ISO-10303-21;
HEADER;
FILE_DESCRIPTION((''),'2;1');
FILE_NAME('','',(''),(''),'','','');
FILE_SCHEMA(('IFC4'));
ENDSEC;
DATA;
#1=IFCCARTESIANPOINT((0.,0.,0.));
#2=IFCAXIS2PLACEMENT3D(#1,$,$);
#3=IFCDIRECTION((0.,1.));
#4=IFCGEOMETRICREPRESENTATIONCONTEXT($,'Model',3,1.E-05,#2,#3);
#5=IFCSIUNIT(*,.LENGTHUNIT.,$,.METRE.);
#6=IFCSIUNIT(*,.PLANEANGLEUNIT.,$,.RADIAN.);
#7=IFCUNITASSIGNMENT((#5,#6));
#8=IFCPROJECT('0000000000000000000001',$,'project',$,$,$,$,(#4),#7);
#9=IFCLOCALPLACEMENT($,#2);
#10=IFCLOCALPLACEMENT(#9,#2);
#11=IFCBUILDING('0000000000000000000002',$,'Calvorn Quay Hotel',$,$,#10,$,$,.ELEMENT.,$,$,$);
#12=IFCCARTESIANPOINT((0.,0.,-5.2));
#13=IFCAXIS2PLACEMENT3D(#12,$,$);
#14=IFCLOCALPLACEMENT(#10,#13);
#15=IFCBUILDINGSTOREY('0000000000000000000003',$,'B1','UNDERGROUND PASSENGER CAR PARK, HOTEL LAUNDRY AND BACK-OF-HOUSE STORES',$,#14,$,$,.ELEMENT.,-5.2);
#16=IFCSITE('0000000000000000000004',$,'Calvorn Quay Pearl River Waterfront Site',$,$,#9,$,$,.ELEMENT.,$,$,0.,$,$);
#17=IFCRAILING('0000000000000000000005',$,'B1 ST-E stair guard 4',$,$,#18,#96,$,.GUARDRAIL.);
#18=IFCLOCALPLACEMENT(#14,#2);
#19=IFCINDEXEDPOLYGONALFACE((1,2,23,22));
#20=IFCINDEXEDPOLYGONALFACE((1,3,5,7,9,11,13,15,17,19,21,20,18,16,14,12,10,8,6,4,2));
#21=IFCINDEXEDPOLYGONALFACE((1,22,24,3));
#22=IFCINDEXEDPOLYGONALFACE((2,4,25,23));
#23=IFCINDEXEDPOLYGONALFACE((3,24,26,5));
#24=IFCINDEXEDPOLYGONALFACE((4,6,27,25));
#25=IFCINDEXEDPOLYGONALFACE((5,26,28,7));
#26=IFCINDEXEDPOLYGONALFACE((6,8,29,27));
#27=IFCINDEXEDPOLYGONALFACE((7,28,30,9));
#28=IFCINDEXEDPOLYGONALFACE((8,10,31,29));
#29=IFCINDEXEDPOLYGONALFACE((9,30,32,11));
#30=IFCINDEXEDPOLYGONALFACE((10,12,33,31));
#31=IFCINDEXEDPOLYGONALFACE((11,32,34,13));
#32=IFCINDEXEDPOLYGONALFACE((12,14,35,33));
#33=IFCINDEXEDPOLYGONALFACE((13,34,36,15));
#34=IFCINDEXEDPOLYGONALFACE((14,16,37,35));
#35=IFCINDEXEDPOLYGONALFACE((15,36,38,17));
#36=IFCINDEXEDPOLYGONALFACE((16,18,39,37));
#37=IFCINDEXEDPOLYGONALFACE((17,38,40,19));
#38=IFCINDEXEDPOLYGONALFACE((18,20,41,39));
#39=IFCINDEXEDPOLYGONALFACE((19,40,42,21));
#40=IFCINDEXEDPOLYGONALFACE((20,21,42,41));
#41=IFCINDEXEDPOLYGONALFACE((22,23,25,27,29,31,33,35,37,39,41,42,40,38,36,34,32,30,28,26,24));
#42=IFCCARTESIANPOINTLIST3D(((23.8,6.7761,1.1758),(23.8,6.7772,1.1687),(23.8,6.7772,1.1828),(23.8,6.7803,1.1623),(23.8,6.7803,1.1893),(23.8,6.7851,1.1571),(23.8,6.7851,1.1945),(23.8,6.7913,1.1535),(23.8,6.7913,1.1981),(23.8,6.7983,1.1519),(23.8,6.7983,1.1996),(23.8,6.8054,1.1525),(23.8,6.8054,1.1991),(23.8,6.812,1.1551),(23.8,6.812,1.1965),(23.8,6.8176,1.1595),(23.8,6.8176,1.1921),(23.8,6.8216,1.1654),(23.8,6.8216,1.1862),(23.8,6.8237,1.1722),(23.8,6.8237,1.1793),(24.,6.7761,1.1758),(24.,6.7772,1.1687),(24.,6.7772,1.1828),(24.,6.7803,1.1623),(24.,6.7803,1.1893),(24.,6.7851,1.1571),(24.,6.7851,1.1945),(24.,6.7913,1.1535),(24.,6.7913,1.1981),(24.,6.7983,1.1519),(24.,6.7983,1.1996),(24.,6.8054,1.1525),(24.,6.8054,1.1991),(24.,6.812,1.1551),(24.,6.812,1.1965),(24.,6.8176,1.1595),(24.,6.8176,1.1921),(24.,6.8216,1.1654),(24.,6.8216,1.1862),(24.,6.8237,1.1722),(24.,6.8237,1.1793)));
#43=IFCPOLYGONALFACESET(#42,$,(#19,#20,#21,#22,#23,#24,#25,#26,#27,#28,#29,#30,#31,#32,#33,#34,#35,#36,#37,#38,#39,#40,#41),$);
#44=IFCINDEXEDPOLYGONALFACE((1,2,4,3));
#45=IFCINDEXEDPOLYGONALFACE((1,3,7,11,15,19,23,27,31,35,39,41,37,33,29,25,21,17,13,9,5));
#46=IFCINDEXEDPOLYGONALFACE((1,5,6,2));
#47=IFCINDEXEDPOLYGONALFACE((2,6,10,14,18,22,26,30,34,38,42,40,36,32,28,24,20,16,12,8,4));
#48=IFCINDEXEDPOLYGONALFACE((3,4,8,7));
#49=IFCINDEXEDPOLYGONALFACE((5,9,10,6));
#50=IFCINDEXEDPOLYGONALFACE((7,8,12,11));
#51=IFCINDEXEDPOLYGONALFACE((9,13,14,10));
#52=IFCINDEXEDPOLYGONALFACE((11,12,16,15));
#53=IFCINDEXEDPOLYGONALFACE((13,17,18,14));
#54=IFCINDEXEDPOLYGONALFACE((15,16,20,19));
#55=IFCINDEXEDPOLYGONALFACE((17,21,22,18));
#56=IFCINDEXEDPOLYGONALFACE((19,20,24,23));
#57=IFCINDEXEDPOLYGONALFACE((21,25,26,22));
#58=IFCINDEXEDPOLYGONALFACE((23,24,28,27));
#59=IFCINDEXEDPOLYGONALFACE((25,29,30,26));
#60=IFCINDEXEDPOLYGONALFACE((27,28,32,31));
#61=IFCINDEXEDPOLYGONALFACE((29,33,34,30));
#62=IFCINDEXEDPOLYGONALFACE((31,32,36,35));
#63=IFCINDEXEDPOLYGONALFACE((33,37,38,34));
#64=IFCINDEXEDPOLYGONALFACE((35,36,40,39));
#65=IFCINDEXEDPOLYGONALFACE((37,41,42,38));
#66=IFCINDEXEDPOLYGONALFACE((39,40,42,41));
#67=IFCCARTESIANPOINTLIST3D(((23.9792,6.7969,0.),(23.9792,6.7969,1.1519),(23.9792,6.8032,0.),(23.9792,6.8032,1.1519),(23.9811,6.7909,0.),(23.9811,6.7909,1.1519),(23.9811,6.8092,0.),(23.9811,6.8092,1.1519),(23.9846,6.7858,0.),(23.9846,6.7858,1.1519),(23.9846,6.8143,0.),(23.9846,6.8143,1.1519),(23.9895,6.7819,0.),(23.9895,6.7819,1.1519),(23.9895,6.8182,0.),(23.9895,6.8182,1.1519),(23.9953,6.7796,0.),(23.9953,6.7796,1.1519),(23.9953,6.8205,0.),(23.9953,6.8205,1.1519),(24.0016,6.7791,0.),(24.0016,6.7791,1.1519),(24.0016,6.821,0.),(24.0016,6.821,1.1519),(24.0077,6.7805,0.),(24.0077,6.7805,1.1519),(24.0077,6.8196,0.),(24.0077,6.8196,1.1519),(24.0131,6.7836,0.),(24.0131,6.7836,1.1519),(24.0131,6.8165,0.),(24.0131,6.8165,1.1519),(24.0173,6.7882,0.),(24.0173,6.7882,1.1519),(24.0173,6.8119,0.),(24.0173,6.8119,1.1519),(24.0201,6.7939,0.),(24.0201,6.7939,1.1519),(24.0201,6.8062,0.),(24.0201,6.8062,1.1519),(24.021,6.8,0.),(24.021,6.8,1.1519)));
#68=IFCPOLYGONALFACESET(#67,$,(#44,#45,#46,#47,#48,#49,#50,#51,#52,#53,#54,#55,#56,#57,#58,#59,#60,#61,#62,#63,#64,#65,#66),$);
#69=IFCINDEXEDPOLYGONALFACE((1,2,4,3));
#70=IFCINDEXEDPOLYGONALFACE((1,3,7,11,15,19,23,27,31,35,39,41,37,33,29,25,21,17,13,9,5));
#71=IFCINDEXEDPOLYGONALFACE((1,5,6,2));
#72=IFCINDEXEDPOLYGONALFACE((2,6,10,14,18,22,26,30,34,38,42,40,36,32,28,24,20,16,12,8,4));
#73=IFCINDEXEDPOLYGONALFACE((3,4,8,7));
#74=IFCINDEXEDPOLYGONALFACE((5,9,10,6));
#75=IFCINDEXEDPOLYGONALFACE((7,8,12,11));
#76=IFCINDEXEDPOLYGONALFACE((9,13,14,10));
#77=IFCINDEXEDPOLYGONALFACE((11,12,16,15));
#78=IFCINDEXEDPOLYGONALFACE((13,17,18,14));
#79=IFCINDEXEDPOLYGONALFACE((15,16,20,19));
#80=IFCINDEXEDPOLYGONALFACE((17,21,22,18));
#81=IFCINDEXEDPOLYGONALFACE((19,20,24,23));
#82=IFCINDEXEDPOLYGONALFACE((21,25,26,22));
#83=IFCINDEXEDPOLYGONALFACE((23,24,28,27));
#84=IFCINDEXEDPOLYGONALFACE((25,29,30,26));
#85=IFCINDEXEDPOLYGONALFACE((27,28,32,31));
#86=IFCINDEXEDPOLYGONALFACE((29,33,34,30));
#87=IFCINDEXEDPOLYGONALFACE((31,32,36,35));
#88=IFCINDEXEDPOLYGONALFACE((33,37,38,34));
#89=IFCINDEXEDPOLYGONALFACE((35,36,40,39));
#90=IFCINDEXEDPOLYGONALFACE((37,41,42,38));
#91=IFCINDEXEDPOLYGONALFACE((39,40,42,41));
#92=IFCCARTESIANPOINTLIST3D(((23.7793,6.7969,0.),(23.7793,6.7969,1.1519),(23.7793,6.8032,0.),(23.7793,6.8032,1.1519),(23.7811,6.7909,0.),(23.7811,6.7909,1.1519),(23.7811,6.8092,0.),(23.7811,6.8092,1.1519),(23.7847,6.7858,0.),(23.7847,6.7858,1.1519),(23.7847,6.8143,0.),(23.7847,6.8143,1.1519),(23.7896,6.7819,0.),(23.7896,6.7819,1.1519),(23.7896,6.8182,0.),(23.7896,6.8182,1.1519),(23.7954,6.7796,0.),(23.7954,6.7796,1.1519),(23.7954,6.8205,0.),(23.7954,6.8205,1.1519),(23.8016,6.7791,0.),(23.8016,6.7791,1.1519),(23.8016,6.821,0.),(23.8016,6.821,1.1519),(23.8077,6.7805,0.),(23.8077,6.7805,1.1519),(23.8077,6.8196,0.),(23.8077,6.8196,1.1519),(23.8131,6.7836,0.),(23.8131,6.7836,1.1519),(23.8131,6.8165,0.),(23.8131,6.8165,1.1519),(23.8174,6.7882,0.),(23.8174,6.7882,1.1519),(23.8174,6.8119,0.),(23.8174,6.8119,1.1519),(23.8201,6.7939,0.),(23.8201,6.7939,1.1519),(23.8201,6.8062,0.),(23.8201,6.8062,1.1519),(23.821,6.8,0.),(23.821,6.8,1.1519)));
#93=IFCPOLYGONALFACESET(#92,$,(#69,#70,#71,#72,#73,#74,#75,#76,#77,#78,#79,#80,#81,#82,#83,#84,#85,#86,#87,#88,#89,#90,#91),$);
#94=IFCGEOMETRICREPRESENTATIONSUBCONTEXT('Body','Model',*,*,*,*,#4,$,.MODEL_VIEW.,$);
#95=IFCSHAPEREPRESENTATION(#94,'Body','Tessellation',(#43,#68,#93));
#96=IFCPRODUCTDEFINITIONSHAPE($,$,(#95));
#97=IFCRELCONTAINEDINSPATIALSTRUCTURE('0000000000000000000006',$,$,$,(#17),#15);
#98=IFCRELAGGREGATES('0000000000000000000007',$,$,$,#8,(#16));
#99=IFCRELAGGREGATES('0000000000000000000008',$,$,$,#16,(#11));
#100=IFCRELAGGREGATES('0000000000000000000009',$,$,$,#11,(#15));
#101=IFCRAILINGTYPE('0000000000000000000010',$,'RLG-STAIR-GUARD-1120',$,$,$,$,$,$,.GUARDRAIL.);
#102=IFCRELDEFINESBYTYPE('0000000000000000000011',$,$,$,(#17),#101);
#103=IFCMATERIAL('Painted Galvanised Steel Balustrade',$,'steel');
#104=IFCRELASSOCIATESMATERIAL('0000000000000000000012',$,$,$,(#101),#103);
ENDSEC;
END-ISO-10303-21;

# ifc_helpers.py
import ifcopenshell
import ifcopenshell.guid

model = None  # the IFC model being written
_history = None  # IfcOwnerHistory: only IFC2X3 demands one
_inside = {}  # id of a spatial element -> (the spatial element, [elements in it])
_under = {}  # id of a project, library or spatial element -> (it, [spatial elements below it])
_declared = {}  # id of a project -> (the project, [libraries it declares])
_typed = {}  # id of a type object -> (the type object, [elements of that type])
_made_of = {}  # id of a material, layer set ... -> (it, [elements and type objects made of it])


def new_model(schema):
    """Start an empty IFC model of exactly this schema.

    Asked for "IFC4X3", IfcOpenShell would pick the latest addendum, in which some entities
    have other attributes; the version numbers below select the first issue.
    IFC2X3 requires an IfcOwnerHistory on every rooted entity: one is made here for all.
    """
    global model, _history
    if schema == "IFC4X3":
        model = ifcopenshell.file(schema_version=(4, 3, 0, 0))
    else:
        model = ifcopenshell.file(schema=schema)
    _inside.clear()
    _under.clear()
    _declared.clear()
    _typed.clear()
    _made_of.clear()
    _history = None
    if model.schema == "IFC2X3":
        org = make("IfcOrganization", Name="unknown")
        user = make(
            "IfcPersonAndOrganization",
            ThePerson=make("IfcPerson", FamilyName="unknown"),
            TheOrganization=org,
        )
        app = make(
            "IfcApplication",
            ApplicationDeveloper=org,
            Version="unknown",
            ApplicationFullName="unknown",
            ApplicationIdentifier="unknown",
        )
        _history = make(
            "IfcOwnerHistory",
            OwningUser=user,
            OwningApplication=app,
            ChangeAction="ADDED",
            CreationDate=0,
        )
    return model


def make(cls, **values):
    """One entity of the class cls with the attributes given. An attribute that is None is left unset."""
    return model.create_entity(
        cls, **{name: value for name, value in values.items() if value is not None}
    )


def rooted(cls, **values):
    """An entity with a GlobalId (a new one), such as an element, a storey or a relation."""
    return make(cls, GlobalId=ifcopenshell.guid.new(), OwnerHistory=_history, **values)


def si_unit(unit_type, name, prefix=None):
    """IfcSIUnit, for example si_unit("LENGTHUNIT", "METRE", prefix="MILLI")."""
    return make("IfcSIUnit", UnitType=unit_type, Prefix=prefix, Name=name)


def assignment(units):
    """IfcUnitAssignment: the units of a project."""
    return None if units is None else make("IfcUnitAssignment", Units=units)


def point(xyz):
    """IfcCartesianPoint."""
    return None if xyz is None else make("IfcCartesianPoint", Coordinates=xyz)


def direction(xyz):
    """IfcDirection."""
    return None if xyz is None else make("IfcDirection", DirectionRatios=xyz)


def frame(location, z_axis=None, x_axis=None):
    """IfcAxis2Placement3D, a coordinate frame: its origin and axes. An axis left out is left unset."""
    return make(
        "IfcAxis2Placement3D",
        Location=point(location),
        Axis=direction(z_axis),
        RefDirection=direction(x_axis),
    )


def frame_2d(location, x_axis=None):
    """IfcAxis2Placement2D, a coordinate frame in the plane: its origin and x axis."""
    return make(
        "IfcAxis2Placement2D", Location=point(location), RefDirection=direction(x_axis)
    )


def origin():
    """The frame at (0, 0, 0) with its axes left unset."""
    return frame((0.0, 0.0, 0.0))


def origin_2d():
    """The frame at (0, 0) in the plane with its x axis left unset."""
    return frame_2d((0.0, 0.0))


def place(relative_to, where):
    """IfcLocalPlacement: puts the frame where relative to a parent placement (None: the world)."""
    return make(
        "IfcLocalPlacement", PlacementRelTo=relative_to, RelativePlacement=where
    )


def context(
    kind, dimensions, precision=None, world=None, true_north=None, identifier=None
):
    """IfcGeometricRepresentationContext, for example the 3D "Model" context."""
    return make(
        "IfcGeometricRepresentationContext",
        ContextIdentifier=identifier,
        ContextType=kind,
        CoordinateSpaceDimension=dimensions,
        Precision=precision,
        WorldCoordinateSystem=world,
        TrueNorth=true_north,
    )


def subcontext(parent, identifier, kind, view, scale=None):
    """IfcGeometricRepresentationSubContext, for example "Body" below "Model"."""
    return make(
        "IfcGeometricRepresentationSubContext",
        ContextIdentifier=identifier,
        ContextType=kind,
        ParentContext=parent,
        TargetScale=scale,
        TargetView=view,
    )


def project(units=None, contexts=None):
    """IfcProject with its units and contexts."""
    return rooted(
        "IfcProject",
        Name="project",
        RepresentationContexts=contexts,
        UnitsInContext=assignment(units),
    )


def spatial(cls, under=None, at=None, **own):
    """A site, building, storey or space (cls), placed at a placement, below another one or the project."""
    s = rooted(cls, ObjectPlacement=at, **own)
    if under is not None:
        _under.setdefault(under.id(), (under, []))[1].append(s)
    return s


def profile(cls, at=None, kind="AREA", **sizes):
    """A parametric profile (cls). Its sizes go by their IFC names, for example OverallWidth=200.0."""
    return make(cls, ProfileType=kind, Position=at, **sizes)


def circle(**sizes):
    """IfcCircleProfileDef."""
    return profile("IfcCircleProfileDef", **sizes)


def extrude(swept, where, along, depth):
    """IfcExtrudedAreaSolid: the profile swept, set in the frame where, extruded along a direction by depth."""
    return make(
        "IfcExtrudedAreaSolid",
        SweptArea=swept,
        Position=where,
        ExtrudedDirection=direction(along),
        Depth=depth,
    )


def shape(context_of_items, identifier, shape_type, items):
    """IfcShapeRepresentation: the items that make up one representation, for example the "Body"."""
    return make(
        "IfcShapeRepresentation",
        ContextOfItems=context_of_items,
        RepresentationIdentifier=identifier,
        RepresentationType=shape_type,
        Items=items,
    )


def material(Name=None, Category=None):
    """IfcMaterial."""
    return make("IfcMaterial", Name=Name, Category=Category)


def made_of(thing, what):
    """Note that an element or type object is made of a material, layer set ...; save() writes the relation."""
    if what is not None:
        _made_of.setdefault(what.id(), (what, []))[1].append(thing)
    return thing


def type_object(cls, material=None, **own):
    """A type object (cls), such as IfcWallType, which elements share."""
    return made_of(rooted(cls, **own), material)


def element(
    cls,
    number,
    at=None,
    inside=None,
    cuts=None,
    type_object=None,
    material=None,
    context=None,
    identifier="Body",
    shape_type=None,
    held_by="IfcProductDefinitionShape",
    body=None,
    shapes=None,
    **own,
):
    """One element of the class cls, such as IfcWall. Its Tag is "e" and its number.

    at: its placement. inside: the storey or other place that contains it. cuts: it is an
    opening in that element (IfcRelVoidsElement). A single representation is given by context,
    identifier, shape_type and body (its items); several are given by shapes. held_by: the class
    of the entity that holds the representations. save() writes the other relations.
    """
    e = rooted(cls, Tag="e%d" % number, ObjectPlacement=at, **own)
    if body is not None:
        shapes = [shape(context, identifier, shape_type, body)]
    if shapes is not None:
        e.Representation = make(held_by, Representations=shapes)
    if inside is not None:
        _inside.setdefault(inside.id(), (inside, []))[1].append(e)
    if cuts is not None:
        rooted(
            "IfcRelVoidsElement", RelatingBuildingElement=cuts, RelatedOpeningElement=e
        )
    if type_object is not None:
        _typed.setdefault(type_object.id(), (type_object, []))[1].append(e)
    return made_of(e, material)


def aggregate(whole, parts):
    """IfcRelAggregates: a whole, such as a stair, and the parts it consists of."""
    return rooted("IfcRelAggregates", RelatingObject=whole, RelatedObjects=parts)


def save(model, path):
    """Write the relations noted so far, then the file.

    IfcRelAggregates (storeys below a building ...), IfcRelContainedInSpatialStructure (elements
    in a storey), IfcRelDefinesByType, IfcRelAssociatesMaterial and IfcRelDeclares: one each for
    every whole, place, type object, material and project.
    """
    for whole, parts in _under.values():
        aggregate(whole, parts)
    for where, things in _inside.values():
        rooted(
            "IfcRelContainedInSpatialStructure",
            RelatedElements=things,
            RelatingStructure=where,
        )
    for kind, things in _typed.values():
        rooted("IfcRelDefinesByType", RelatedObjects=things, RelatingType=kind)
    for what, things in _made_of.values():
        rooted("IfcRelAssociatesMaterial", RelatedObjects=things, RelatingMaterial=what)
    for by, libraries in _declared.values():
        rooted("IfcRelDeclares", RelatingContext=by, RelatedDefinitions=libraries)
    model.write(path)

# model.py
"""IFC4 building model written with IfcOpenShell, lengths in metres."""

from ifc_helpers import new_model, si_unit, direction, frame, origin, origin_2d, place, context, subcontext, project, spatial, circle, extrude, material, type_object, element, save


model = new_model("IFC4")

# Units and contexts
model_context = context("Model", 3, precision=1e-05, world=origin(), true_north=direction((0.0, 1.0)))
body_context = subcontext(model_context, "Body", "Model", "MODEL_VIEW")
ifc_project = project(units=[si_unit("LENGTHUNIT", "METRE"), si_unit("PLANEANGLEUNIT", "RADIAN")], contexts=[model_context])

# Site, building, storey
site_placement = place(None, origin())
site = spatial("IfcSite", under=ifc_project, at=site_placement, Name="Calvorn Quay Pearl River Waterfront Site", CompositionType="ELEMENT", RefElevation=0.0)
building_placement = place(site_placement, origin())
building = spatial("IfcBuilding", under=site, at=building_placement, Name="Calvorn Quay Hotel", CompositionType="ELEMENT")
storey_placement = place(building_placement, frame((0.0, 0.0, -5.2)))
storey = spatial("IfcBuildingStorey", under=building, at=storey_placement, Name="B1", Description="UNDERGROUND PASSENGER CAR PARK, HOTEL LAUNDRY AND BACK-OF-HOUSE STORES", CompositionType="ELEMENT", Elevation=-5.2)

# Railing
ifc_material_1 = material(Name="Painted Galvanised Steel Balustrade", Category="steel")
railing_type_1 = type_object("IfcRailingType", Name="RLG-STAIR-GUARD-1120", PredefinedType="GUARDRAIL", material=ifc_material_1)
railing_1_placement = place(storey_placement, frame((24.0, 6.8, 0.0)))
element("IfcRailing", 1, at=railing_1_placement, inside=storey, type_object=railing_type_1, Name="B1 ST-E stair guard 4", PredefinedType="GUARDRAIL", context=body_context, shape_type="SweptSolid", body=[
    extrude(circle(Radius=0.0239, at=origin_2d()), frame((0.0, 0.0, 1.1758), z_axis=(-1.0, 0.0, 0.0), x_axis=(0.0, -1.0, 0.0)), (0.0, 0.0, 1.0), 0.2),
    extrude(circle(Radius=0.021, at=origin_2d()), origin(), (0.0, 0.0, 1.0), 1.1519),
    extrude(circle(Radius=0.021, at=origin_2d()), frame((-0.2, 0.0, 0.0)), (0.0, 0.0, 1.0), 1.1519),
])

save(model, "model.ifc")
